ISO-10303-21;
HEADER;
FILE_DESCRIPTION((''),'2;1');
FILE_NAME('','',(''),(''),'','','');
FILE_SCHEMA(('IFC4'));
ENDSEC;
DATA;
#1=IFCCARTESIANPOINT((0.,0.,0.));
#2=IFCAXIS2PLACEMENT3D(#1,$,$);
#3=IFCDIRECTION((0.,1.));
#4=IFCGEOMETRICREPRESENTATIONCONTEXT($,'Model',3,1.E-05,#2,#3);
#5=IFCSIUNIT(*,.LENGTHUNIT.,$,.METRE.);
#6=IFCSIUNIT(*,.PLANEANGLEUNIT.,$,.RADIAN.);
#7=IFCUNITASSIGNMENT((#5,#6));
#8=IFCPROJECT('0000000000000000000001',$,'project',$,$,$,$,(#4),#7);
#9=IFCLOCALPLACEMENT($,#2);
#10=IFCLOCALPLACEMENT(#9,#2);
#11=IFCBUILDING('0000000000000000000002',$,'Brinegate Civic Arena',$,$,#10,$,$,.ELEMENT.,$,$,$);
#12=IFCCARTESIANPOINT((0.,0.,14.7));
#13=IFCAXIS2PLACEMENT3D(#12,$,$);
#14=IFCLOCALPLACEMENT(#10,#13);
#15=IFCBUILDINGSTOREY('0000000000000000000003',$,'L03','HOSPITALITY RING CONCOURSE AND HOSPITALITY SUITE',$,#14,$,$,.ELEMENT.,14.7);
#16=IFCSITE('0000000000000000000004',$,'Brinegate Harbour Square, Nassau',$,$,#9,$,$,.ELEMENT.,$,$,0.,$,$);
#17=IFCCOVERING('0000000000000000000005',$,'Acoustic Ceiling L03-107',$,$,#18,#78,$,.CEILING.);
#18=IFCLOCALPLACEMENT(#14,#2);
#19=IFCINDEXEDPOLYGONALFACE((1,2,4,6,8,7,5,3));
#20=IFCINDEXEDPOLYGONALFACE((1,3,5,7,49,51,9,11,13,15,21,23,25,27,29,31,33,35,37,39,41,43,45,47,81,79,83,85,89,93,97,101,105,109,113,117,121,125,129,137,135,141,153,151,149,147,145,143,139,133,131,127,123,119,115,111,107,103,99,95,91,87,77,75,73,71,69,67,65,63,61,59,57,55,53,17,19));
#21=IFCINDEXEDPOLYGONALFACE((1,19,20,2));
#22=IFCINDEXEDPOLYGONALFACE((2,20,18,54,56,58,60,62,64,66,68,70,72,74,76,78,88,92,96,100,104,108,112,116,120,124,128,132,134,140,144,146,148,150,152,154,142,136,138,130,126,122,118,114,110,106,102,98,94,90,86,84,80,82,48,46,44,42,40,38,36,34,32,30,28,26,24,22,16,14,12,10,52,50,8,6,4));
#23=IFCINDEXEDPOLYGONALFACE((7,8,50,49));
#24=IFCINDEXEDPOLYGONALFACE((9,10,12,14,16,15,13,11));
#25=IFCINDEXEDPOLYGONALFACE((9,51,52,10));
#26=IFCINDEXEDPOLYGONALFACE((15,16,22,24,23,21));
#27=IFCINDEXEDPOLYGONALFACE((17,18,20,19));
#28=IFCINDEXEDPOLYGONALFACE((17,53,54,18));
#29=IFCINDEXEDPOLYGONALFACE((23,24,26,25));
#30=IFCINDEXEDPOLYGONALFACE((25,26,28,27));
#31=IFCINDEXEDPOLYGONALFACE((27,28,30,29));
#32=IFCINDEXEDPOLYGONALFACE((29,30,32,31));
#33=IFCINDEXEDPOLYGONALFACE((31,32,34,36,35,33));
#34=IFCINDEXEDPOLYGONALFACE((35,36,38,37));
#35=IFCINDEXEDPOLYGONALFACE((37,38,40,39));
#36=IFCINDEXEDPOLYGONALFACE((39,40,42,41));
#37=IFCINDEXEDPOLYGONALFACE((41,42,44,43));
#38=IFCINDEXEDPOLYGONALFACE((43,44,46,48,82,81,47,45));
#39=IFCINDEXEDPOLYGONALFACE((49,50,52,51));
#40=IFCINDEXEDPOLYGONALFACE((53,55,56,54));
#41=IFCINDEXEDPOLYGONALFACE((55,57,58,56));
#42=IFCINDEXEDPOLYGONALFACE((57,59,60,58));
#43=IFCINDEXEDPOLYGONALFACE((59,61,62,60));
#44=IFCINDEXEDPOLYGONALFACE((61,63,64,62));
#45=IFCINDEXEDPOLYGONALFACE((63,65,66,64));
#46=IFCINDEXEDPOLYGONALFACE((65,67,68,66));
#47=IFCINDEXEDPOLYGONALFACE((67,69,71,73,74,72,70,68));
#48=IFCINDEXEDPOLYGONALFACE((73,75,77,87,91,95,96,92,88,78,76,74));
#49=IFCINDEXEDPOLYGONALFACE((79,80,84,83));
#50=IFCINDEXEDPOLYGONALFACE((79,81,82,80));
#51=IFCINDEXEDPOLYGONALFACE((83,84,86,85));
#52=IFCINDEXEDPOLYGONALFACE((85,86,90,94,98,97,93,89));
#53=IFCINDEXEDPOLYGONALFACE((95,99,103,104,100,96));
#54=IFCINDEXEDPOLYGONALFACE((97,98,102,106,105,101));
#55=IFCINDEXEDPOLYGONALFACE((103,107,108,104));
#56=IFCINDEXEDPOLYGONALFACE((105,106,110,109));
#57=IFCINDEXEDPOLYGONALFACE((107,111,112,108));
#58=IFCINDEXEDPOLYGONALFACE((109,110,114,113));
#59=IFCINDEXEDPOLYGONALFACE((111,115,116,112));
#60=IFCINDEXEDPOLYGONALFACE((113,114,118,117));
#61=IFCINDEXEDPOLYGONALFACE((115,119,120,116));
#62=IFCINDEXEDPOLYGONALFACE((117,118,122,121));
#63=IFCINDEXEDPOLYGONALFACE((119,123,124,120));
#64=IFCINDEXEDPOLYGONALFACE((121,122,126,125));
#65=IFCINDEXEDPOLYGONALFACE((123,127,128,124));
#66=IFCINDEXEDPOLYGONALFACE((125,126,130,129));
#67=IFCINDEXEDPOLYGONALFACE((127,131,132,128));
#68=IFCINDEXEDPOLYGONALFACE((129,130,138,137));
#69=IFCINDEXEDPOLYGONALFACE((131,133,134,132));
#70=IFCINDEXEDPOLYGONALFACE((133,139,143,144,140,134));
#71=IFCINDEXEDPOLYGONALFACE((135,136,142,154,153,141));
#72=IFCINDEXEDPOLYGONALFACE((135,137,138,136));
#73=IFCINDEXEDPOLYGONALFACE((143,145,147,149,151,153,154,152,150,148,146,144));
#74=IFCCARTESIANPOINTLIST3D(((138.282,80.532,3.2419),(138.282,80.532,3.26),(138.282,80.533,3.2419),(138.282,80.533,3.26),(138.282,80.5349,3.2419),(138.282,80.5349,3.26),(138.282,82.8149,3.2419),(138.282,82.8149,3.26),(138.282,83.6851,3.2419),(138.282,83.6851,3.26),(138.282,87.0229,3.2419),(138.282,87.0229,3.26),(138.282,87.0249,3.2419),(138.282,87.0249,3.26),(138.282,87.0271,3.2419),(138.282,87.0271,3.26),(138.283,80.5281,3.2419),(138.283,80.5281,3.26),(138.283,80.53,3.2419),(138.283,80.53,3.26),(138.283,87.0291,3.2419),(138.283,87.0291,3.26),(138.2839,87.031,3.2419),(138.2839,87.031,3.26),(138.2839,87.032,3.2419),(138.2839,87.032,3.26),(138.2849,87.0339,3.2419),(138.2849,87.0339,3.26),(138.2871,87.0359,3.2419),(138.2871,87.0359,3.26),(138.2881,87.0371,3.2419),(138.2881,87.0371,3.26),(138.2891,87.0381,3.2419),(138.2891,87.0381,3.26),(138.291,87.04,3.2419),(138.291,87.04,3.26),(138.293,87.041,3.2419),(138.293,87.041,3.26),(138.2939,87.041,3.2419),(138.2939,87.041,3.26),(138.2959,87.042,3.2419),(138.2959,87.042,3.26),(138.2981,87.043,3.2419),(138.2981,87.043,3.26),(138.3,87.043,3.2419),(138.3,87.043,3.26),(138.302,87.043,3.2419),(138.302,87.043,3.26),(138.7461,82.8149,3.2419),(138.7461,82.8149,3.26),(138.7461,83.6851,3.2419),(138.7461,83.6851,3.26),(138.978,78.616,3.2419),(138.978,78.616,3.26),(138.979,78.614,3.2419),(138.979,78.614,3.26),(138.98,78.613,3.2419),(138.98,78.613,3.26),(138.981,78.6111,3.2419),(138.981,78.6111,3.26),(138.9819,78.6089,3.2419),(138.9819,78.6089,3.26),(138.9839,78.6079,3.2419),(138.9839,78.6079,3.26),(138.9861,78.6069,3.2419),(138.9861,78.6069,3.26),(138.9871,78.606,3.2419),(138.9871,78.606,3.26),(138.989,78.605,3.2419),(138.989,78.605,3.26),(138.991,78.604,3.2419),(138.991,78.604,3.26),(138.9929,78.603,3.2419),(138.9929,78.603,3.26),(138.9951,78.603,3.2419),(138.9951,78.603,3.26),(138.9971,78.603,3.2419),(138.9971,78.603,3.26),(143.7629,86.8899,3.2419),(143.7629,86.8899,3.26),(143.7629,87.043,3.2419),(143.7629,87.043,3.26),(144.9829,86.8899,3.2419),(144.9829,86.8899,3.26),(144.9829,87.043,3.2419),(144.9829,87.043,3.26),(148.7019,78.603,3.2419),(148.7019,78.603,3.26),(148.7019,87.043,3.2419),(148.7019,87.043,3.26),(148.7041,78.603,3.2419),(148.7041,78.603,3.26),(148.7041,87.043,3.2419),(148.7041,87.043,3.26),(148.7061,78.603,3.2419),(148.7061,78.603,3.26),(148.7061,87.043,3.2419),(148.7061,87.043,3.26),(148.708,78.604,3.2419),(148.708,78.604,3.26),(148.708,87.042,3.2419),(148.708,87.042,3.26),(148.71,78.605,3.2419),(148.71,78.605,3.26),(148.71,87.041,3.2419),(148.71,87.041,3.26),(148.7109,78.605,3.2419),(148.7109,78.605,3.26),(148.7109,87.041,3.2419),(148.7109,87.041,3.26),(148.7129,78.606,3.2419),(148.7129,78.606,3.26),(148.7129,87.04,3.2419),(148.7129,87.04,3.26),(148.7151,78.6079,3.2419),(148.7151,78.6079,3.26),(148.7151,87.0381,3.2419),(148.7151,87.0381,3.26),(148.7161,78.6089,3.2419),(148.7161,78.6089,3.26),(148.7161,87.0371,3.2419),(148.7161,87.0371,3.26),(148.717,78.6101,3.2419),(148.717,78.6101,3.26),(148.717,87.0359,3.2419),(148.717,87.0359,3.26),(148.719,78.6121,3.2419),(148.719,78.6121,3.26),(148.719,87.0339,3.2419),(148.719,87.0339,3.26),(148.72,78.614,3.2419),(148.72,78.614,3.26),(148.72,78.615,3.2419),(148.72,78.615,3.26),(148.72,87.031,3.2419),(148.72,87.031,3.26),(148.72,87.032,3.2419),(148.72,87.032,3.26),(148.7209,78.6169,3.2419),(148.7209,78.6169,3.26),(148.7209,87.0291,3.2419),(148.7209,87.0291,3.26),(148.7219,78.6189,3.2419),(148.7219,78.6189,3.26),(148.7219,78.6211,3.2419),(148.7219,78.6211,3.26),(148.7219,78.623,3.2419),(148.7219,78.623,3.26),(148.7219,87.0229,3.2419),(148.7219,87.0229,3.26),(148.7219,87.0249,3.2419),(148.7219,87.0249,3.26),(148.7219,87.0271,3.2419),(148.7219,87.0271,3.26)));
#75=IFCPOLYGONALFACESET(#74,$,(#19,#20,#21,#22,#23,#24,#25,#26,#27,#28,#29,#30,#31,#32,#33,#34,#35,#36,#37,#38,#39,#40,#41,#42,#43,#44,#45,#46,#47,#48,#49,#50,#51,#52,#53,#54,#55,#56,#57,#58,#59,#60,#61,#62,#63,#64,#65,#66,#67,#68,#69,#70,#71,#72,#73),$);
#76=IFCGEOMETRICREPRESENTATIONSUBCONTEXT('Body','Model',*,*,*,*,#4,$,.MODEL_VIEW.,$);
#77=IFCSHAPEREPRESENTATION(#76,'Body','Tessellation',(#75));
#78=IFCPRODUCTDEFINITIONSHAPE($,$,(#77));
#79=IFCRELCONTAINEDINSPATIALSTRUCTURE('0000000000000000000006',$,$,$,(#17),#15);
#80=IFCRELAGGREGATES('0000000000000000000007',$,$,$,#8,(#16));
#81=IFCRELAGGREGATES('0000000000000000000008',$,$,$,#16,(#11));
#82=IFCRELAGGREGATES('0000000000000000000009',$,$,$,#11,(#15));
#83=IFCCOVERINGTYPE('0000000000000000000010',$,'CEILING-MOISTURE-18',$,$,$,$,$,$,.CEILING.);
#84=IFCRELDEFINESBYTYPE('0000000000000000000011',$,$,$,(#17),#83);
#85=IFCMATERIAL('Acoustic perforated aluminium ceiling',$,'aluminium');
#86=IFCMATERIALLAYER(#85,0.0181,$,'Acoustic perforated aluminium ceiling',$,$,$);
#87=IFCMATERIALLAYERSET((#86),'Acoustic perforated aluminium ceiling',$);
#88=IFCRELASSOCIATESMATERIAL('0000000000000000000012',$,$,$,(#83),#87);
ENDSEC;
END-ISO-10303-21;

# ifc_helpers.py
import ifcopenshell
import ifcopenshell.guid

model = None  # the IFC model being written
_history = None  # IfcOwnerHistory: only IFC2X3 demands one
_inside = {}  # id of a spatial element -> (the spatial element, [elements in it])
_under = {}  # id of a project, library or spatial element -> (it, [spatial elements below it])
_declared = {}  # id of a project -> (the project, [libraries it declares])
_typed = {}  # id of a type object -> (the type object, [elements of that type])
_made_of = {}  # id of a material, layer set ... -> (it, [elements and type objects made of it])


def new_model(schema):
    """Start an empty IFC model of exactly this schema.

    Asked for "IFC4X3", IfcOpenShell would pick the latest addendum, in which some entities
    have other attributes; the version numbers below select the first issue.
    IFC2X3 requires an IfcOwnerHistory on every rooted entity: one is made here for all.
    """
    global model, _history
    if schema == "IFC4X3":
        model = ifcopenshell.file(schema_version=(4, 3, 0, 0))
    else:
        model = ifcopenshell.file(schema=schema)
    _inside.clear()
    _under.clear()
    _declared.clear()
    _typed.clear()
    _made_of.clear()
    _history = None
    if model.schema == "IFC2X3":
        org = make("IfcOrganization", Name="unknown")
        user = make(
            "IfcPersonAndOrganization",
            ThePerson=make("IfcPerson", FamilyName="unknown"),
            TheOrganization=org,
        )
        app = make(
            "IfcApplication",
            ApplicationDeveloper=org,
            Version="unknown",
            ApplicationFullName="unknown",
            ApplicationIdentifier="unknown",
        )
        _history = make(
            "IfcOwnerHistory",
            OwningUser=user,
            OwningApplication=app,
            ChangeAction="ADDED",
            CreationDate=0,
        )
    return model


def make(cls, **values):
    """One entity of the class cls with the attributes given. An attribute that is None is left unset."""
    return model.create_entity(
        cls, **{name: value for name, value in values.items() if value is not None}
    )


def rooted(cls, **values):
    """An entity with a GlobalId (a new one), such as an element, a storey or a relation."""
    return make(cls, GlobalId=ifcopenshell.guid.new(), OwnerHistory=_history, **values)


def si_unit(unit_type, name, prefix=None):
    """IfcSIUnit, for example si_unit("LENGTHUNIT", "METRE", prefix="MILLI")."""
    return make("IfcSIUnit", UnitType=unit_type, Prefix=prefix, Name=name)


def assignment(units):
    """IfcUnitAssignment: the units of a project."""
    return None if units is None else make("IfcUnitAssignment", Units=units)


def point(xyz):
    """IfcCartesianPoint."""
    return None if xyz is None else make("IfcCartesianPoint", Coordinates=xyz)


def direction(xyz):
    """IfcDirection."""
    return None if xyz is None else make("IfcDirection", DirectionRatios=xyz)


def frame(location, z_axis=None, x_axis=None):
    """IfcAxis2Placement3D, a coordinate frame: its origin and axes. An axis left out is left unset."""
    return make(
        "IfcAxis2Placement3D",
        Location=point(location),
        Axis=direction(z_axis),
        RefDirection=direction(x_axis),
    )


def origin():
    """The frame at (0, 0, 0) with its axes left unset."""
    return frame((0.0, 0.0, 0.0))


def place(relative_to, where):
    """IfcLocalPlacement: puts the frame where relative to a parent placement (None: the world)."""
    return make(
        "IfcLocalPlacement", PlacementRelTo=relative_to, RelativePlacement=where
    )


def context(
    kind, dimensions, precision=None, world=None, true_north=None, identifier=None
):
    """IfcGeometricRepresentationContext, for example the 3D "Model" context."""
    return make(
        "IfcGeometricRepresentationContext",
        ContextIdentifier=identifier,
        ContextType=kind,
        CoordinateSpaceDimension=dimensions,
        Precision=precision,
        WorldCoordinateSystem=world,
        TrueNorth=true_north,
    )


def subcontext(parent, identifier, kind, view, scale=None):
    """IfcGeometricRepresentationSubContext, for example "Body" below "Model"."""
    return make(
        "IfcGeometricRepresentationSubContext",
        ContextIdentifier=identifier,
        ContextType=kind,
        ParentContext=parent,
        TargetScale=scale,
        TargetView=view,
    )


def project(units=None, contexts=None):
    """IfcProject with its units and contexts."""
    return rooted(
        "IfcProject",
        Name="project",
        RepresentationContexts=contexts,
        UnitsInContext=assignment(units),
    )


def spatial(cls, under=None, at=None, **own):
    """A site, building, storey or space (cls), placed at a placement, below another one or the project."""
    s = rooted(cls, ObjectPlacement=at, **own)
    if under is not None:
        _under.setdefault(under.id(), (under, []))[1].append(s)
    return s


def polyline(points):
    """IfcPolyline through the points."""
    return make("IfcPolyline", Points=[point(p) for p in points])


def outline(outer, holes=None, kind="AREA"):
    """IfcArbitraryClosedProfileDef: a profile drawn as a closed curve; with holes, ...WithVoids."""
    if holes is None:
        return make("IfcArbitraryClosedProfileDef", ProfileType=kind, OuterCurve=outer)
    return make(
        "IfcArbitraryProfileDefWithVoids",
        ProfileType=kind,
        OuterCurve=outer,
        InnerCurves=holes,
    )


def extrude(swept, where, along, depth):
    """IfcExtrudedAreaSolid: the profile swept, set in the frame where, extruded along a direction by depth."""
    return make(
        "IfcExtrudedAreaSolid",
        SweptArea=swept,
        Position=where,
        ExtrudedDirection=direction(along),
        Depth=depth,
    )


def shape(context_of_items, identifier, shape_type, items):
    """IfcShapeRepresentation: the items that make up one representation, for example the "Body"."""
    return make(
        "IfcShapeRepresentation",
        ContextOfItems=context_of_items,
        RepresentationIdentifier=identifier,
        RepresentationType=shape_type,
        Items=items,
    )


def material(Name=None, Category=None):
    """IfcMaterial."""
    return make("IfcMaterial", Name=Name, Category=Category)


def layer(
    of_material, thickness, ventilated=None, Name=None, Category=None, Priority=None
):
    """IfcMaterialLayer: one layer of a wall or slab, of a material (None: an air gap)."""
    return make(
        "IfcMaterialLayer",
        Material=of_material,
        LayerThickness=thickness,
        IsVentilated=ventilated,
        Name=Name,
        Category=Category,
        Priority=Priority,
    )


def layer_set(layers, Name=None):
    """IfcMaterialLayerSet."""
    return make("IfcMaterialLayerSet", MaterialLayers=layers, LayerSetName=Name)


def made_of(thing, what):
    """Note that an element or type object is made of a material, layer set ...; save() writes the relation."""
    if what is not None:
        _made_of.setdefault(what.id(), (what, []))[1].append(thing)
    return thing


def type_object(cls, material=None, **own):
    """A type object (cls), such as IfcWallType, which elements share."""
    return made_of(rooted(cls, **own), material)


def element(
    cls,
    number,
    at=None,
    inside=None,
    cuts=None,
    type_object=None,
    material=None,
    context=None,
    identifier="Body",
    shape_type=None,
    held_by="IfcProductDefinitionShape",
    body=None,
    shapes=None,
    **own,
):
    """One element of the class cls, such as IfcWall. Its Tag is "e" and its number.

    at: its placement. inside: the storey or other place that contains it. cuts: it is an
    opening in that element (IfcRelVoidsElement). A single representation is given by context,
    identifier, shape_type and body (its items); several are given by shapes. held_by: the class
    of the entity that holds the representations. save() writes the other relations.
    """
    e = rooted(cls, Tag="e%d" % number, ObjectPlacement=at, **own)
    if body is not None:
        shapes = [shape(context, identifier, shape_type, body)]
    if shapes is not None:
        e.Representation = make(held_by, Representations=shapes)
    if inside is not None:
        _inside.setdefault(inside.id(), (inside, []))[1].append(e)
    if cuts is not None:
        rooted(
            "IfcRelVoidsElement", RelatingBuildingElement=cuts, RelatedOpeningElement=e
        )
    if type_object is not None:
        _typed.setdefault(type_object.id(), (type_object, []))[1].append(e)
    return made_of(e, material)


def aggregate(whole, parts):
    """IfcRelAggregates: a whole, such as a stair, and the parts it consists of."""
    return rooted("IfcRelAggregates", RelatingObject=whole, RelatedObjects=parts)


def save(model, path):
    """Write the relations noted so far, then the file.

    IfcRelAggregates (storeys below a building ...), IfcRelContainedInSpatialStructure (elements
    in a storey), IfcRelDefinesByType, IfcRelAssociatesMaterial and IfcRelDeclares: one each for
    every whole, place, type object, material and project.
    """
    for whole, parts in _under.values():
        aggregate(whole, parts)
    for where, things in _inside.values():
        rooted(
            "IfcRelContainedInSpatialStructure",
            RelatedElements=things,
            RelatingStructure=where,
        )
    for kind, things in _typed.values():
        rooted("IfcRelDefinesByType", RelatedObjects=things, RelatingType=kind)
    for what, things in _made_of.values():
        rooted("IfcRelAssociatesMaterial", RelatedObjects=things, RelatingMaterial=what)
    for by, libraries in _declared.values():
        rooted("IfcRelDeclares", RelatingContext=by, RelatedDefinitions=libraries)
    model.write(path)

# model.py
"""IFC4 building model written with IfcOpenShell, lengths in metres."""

from ifc_helpers import new_model, si_unit, direction, frame, origin, place, context, subcontext, project, spatial, polyline, outline, extrude, material, layer, layer_set, type_object, element, save


model = new_model("IFC4")

# Units and contexts
model_context = context("Model", 3, precision=1e-05, world=origin(), true_north=direction((0.0, 1.0)))
body_context = subcontext(model_context, "Body", "Model", "MODEL_VIEW")
ifc_project = project(units=[si_unit("LENGTHUNIT", "METRE"), si_unit("PLANEANGLEUNIT", "RADIAN")], contexts=[model_context])

# Site, building, storey
site_placement = place(None, origin())
site = spatial("IfcSite", under=ifc_project, at=site_placement, Name="Brinegate Harbour Square, Nassau", CompositionType="ELEMENT", RefElevation=0.0)
building_placement = place(site_placement, origin())
building = spatial("IfcBuilding", under=site, at=building_placement, Name="Brinegate Civic Arena", CompositionType="ELEMENT")
storey_placement = place(building_placement, frame((0.0, 0.0, 14.7)))
storey = spatial("IfcBuildingStorey", under=building, at=storey_placement, Name="L03", Description="HOSPITALITY RING CONCOURSE AND HOSPITALITY SUITE", CompositionType="ELEMENT", Elevation=14.7)

# Covering
ifc_material_1 = material(Name="Acoustic perforated aluminium ceiling", Category="aluminium")
ifc_layer_1 = layer(ifc_material_1, 0.0181, Name="Acoustic perforated aluminium ceiling")
ifc_layer_set_1 = layer_set([ifc_layer_1], Name="Acoustic perforated aluminium ceiling")
covering_type_1 = type_object("IfcCoveringType", Name="CEILING-MOISTURE-18", PredefinedType="CEILING", material=ifc_layer_set_1)
covering_1_placement = place(storey_placement, frame((0.0, 0.0, 3.2419)))
element("IfcCovering", 1, at=covering_1_placement, inside=storey, type_object=covering_type_1, Name="Acoustic Ceiling L03-107", PredefinedType="CEILING", context=body_context, shape_type="SweptSolid", body=[
    extrude(outline(polyline([(148.7061, 87.043), (148.708, 87.042), (148.71, 87.041), (148.7109, 87.041), (148.7129, 87.04), (148.7151, 87.0381), (148.7161, 87.0371), (148.717, 87.0359), (148.719, 87.0339), (148.72, 87.032), (148.72, 87.031), (148.7209, 87.0291), (148.7219, 87.0271), (148.7219, 87.0249), (148.7219, 87.0229), (148.7219, 78.623), (148.7219, 78.6211), (148.7219, 78.6189), (148.7209, 78.6169), (148.72, 78.615), (148.72, 78.614), (148.719, 78.6121), (148.717, 78.6101), (148.7161, 78.6089), (148.7151, 78.6079), (148.7129, 78.606), (148.7109, 78.605), (148.71, 78.605), (148.708, 78.604), (148.7061, 78.603), (148.7041, 78.603), (148.7019, 78.603), (138.9971, 78.603), (138.9951, 78.603), (138.9929, 78.603), (138.991, 78.604), (138.989, 78.605), (138.9871, 78.606), (138.9861, 78.6069), (138.9839, 78.6079), (138.9819, 78.6089), (138.981, 78.6111), (138.98, 78.613), (138.979, 78.614), (138.978, 78.616), (138.283, 80.5281), (138.283, 80.53), (138.282, 80.532), (138.282, 80.533), (138.282, 80.5349), (138.282, 82.8149), (138.7461, 82.8149), (138.7461, 83.6851), (138.282, 83.6851), (138.282, 87.0229), (138.282, 87.0249), (138.282, 87.0271), (138.283, 87.0291), (138.2839, 87.031), (138.2839, 87.032), (138.2849, 87.0339), (138.2871, 87.0359), (138.2881, 87.0371), (138.2891, 87.0381), (138.291, 87.04), (138.293, 87.041), (138.2939, 87.041), (138.2959, 87.042), (138.2981, 87.043), (138.3, 87.043), (138.302, 87.043), (143.7629, 87.043), (143.7629, 86.8899), (144.9829, 86.8899), (144.9829, 87.043), (148.7019, 87.043), (148.7041, 87.043), (148.7061, 87.043)])), origin(), (0.0, 0.0, 1.0), 0.0181),
])

save(model, "model.ifc")
